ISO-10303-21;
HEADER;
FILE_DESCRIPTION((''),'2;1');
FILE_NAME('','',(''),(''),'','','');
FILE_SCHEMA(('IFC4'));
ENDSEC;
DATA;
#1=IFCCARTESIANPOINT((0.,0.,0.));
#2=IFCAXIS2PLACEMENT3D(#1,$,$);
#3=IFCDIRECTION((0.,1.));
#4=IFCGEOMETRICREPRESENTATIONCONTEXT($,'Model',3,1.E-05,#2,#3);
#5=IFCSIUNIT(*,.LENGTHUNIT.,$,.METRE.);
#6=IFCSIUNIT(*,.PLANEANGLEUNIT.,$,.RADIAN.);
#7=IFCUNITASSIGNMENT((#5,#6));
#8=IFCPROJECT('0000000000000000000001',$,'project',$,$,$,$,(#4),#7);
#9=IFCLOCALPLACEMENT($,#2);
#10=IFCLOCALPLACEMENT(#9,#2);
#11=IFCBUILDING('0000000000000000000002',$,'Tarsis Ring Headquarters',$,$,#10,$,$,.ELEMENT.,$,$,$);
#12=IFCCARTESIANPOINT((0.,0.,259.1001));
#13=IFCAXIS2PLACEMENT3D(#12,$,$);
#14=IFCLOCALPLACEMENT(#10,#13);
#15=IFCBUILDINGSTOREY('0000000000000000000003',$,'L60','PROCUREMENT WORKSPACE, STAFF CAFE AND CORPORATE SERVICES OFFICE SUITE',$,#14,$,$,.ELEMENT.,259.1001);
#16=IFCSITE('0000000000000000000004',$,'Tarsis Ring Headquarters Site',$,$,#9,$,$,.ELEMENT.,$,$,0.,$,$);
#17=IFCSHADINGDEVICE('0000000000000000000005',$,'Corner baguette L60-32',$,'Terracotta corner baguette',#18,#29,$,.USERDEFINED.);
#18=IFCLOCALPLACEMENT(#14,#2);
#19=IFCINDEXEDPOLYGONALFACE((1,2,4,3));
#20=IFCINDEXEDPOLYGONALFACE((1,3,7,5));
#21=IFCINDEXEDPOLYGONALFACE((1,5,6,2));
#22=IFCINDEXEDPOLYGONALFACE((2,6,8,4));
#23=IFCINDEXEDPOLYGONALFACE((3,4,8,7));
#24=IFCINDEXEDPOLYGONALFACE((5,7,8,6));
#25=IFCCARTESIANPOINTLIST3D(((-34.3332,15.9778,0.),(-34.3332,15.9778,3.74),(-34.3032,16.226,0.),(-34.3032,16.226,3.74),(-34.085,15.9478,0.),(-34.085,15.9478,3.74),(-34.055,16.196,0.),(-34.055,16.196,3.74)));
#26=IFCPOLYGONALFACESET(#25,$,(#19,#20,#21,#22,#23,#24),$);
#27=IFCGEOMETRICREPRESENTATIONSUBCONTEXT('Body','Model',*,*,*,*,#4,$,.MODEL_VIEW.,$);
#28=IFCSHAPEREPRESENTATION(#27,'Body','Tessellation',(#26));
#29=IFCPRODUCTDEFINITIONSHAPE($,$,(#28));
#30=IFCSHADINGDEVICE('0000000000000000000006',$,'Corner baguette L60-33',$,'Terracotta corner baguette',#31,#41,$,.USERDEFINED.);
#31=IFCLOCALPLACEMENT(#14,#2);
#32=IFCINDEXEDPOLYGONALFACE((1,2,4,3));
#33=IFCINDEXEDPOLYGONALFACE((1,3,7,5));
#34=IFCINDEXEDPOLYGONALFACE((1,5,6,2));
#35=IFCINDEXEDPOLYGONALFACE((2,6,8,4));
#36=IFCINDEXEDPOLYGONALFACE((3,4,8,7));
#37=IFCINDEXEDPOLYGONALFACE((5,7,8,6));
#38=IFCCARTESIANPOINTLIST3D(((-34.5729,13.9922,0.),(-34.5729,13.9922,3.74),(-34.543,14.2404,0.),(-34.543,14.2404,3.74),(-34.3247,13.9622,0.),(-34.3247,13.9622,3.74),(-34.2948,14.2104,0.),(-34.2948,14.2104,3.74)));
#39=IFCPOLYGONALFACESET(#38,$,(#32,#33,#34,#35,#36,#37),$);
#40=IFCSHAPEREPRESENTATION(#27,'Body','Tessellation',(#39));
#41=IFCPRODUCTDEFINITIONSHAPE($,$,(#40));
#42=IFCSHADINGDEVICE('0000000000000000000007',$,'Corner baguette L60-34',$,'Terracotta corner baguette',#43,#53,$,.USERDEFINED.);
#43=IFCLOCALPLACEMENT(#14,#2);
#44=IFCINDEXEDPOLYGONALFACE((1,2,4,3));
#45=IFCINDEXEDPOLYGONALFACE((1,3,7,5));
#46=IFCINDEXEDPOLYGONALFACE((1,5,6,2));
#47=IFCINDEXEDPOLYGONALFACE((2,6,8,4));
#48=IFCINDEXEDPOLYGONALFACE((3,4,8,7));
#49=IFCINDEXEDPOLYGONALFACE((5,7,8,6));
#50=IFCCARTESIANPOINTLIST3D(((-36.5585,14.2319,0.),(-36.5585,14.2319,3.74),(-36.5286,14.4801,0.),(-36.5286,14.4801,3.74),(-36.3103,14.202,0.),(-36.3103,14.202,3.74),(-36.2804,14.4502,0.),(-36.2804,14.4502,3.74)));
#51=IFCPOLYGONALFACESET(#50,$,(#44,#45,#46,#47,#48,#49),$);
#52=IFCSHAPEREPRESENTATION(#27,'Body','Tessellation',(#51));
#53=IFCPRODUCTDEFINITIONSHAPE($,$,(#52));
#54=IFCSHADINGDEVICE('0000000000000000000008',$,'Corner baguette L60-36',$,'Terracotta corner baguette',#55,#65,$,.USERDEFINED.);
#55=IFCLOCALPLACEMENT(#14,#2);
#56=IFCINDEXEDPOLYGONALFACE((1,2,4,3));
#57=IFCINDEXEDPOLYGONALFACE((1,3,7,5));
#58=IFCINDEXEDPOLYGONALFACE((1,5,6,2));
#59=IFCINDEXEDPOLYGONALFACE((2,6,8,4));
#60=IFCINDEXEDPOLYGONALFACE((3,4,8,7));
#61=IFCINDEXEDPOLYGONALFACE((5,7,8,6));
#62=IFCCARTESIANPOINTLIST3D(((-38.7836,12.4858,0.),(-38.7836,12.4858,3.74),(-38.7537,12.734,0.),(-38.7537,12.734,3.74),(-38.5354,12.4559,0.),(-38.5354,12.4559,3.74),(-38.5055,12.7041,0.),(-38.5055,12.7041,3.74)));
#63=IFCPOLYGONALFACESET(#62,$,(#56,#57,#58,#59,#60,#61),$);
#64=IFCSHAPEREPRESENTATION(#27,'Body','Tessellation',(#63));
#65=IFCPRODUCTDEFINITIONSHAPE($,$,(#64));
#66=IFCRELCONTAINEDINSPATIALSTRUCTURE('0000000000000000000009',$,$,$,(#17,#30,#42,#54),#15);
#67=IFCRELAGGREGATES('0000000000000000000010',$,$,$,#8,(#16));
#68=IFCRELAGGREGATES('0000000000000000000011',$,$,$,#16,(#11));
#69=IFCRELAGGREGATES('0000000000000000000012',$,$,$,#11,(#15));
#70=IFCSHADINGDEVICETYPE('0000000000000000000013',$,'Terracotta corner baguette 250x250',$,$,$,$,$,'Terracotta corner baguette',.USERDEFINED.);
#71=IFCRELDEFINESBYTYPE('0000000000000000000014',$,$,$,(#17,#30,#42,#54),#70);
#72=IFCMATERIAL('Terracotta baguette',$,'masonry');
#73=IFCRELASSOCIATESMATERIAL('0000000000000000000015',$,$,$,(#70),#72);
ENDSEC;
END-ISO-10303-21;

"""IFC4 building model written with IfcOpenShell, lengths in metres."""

from ifc_helpers import new_model, si_unit, direction, frame, origin, origin_2d, place, context, subcontext, project, spatial, rectangle, extrude, material, type_object, element, save


model = new_model("IFC4")

# Units and contexts
model_context = context("Model", 3, precision=1e-05, world=origin(), true_north=direction((0.0, 1.0)))
body_context = subcontext(model_context, "Body", "Model", "MODEL_VIEW")
ifc_project = project(units=[si_unit("LENGTHUNIT", "METRE"), si_unit("PLANEANGLEUNIT", "RADIAN")], contexts=[model_context])

# Site, building, storey
site_placement = place(None, origin())
site = spatial("IfcSite", under=ifc_project, at=site_placement, Name="Tarsis Ring Headquarters Site", CompositionType="ELEMENT", RefElevation=0.0)
building_placement = place(site_placement, origin())
building = spatial("IfcBuilding", under=site, at=building_placement, Name="Tarsis Ring Headquarters", CompositionType="ELEMENT")
storey_placement = place(building_placement, frame((0.0, 0.0, 259.1001)))
storey = spatial("IfcBuildingStorey", under=building, at=storey_placement, Name="L60", Description="PROCUREMENT WORKSPACE, STAFF CAFE AND CORPORATE SERVICES OFFICE SUITE", CompositionType="ELEMENT", Elevation=259.1001)

# Shading devices
ifc_material_1 = material(Name="Terracotta baguette", Category="masonry")
shading_device_type_1 = type_object("IfcShadingDeviceType", Name="Terracotta corner baguette 250x250", ElementType="Terracotta corner baguette", PredefinedType="USERDEFINED", material=ifc_material_1)
for number, where, z_axis, x_axis, name in (
    (1, (-34.1941, 16.0869, 0.0), (0.0, 0.0, 1.0), (-0.992799, 0.11979, 0.0), "Corner baguette L60-32"),
    (2, (-34.4338, 14.1013, 0.0), (0.0, 0.0, 1.0), (-0.119791, -0.992799, 0.0), "Corner baguette L60-33"),
    (3, (-36.4194, 14.3411, 0.0), (0.0, 0.0, 1.0), (-0.992799, 0.11979, 0.0), "Corner baguette L60-34"),
    (4, (-38.6445, 12.595, 0.0), (0.0, 0.0, 1.0), (-0.992799, 0.119791, 0.0), "Corner baguette L60-36"),
):
    element("IfcShadingDevice", number, at=place(storey_placement, frame(where, z_axis=z_axis, x_axis=x_axis)), inside=storey, type_object=shading_device_type_1, Name=name, ObjectType="Terracotta corner baguette", PredefinedType="USERDEFINED", context=body_context, shape_type="SweptSolid", body=[
        extrude(rectangle(XDim=0.25, YDim=0.25, at=origin_2d()), origin(), (0.0, 0.0, 1.0), 3.74),
    ])

save(model, "model.ifc")
